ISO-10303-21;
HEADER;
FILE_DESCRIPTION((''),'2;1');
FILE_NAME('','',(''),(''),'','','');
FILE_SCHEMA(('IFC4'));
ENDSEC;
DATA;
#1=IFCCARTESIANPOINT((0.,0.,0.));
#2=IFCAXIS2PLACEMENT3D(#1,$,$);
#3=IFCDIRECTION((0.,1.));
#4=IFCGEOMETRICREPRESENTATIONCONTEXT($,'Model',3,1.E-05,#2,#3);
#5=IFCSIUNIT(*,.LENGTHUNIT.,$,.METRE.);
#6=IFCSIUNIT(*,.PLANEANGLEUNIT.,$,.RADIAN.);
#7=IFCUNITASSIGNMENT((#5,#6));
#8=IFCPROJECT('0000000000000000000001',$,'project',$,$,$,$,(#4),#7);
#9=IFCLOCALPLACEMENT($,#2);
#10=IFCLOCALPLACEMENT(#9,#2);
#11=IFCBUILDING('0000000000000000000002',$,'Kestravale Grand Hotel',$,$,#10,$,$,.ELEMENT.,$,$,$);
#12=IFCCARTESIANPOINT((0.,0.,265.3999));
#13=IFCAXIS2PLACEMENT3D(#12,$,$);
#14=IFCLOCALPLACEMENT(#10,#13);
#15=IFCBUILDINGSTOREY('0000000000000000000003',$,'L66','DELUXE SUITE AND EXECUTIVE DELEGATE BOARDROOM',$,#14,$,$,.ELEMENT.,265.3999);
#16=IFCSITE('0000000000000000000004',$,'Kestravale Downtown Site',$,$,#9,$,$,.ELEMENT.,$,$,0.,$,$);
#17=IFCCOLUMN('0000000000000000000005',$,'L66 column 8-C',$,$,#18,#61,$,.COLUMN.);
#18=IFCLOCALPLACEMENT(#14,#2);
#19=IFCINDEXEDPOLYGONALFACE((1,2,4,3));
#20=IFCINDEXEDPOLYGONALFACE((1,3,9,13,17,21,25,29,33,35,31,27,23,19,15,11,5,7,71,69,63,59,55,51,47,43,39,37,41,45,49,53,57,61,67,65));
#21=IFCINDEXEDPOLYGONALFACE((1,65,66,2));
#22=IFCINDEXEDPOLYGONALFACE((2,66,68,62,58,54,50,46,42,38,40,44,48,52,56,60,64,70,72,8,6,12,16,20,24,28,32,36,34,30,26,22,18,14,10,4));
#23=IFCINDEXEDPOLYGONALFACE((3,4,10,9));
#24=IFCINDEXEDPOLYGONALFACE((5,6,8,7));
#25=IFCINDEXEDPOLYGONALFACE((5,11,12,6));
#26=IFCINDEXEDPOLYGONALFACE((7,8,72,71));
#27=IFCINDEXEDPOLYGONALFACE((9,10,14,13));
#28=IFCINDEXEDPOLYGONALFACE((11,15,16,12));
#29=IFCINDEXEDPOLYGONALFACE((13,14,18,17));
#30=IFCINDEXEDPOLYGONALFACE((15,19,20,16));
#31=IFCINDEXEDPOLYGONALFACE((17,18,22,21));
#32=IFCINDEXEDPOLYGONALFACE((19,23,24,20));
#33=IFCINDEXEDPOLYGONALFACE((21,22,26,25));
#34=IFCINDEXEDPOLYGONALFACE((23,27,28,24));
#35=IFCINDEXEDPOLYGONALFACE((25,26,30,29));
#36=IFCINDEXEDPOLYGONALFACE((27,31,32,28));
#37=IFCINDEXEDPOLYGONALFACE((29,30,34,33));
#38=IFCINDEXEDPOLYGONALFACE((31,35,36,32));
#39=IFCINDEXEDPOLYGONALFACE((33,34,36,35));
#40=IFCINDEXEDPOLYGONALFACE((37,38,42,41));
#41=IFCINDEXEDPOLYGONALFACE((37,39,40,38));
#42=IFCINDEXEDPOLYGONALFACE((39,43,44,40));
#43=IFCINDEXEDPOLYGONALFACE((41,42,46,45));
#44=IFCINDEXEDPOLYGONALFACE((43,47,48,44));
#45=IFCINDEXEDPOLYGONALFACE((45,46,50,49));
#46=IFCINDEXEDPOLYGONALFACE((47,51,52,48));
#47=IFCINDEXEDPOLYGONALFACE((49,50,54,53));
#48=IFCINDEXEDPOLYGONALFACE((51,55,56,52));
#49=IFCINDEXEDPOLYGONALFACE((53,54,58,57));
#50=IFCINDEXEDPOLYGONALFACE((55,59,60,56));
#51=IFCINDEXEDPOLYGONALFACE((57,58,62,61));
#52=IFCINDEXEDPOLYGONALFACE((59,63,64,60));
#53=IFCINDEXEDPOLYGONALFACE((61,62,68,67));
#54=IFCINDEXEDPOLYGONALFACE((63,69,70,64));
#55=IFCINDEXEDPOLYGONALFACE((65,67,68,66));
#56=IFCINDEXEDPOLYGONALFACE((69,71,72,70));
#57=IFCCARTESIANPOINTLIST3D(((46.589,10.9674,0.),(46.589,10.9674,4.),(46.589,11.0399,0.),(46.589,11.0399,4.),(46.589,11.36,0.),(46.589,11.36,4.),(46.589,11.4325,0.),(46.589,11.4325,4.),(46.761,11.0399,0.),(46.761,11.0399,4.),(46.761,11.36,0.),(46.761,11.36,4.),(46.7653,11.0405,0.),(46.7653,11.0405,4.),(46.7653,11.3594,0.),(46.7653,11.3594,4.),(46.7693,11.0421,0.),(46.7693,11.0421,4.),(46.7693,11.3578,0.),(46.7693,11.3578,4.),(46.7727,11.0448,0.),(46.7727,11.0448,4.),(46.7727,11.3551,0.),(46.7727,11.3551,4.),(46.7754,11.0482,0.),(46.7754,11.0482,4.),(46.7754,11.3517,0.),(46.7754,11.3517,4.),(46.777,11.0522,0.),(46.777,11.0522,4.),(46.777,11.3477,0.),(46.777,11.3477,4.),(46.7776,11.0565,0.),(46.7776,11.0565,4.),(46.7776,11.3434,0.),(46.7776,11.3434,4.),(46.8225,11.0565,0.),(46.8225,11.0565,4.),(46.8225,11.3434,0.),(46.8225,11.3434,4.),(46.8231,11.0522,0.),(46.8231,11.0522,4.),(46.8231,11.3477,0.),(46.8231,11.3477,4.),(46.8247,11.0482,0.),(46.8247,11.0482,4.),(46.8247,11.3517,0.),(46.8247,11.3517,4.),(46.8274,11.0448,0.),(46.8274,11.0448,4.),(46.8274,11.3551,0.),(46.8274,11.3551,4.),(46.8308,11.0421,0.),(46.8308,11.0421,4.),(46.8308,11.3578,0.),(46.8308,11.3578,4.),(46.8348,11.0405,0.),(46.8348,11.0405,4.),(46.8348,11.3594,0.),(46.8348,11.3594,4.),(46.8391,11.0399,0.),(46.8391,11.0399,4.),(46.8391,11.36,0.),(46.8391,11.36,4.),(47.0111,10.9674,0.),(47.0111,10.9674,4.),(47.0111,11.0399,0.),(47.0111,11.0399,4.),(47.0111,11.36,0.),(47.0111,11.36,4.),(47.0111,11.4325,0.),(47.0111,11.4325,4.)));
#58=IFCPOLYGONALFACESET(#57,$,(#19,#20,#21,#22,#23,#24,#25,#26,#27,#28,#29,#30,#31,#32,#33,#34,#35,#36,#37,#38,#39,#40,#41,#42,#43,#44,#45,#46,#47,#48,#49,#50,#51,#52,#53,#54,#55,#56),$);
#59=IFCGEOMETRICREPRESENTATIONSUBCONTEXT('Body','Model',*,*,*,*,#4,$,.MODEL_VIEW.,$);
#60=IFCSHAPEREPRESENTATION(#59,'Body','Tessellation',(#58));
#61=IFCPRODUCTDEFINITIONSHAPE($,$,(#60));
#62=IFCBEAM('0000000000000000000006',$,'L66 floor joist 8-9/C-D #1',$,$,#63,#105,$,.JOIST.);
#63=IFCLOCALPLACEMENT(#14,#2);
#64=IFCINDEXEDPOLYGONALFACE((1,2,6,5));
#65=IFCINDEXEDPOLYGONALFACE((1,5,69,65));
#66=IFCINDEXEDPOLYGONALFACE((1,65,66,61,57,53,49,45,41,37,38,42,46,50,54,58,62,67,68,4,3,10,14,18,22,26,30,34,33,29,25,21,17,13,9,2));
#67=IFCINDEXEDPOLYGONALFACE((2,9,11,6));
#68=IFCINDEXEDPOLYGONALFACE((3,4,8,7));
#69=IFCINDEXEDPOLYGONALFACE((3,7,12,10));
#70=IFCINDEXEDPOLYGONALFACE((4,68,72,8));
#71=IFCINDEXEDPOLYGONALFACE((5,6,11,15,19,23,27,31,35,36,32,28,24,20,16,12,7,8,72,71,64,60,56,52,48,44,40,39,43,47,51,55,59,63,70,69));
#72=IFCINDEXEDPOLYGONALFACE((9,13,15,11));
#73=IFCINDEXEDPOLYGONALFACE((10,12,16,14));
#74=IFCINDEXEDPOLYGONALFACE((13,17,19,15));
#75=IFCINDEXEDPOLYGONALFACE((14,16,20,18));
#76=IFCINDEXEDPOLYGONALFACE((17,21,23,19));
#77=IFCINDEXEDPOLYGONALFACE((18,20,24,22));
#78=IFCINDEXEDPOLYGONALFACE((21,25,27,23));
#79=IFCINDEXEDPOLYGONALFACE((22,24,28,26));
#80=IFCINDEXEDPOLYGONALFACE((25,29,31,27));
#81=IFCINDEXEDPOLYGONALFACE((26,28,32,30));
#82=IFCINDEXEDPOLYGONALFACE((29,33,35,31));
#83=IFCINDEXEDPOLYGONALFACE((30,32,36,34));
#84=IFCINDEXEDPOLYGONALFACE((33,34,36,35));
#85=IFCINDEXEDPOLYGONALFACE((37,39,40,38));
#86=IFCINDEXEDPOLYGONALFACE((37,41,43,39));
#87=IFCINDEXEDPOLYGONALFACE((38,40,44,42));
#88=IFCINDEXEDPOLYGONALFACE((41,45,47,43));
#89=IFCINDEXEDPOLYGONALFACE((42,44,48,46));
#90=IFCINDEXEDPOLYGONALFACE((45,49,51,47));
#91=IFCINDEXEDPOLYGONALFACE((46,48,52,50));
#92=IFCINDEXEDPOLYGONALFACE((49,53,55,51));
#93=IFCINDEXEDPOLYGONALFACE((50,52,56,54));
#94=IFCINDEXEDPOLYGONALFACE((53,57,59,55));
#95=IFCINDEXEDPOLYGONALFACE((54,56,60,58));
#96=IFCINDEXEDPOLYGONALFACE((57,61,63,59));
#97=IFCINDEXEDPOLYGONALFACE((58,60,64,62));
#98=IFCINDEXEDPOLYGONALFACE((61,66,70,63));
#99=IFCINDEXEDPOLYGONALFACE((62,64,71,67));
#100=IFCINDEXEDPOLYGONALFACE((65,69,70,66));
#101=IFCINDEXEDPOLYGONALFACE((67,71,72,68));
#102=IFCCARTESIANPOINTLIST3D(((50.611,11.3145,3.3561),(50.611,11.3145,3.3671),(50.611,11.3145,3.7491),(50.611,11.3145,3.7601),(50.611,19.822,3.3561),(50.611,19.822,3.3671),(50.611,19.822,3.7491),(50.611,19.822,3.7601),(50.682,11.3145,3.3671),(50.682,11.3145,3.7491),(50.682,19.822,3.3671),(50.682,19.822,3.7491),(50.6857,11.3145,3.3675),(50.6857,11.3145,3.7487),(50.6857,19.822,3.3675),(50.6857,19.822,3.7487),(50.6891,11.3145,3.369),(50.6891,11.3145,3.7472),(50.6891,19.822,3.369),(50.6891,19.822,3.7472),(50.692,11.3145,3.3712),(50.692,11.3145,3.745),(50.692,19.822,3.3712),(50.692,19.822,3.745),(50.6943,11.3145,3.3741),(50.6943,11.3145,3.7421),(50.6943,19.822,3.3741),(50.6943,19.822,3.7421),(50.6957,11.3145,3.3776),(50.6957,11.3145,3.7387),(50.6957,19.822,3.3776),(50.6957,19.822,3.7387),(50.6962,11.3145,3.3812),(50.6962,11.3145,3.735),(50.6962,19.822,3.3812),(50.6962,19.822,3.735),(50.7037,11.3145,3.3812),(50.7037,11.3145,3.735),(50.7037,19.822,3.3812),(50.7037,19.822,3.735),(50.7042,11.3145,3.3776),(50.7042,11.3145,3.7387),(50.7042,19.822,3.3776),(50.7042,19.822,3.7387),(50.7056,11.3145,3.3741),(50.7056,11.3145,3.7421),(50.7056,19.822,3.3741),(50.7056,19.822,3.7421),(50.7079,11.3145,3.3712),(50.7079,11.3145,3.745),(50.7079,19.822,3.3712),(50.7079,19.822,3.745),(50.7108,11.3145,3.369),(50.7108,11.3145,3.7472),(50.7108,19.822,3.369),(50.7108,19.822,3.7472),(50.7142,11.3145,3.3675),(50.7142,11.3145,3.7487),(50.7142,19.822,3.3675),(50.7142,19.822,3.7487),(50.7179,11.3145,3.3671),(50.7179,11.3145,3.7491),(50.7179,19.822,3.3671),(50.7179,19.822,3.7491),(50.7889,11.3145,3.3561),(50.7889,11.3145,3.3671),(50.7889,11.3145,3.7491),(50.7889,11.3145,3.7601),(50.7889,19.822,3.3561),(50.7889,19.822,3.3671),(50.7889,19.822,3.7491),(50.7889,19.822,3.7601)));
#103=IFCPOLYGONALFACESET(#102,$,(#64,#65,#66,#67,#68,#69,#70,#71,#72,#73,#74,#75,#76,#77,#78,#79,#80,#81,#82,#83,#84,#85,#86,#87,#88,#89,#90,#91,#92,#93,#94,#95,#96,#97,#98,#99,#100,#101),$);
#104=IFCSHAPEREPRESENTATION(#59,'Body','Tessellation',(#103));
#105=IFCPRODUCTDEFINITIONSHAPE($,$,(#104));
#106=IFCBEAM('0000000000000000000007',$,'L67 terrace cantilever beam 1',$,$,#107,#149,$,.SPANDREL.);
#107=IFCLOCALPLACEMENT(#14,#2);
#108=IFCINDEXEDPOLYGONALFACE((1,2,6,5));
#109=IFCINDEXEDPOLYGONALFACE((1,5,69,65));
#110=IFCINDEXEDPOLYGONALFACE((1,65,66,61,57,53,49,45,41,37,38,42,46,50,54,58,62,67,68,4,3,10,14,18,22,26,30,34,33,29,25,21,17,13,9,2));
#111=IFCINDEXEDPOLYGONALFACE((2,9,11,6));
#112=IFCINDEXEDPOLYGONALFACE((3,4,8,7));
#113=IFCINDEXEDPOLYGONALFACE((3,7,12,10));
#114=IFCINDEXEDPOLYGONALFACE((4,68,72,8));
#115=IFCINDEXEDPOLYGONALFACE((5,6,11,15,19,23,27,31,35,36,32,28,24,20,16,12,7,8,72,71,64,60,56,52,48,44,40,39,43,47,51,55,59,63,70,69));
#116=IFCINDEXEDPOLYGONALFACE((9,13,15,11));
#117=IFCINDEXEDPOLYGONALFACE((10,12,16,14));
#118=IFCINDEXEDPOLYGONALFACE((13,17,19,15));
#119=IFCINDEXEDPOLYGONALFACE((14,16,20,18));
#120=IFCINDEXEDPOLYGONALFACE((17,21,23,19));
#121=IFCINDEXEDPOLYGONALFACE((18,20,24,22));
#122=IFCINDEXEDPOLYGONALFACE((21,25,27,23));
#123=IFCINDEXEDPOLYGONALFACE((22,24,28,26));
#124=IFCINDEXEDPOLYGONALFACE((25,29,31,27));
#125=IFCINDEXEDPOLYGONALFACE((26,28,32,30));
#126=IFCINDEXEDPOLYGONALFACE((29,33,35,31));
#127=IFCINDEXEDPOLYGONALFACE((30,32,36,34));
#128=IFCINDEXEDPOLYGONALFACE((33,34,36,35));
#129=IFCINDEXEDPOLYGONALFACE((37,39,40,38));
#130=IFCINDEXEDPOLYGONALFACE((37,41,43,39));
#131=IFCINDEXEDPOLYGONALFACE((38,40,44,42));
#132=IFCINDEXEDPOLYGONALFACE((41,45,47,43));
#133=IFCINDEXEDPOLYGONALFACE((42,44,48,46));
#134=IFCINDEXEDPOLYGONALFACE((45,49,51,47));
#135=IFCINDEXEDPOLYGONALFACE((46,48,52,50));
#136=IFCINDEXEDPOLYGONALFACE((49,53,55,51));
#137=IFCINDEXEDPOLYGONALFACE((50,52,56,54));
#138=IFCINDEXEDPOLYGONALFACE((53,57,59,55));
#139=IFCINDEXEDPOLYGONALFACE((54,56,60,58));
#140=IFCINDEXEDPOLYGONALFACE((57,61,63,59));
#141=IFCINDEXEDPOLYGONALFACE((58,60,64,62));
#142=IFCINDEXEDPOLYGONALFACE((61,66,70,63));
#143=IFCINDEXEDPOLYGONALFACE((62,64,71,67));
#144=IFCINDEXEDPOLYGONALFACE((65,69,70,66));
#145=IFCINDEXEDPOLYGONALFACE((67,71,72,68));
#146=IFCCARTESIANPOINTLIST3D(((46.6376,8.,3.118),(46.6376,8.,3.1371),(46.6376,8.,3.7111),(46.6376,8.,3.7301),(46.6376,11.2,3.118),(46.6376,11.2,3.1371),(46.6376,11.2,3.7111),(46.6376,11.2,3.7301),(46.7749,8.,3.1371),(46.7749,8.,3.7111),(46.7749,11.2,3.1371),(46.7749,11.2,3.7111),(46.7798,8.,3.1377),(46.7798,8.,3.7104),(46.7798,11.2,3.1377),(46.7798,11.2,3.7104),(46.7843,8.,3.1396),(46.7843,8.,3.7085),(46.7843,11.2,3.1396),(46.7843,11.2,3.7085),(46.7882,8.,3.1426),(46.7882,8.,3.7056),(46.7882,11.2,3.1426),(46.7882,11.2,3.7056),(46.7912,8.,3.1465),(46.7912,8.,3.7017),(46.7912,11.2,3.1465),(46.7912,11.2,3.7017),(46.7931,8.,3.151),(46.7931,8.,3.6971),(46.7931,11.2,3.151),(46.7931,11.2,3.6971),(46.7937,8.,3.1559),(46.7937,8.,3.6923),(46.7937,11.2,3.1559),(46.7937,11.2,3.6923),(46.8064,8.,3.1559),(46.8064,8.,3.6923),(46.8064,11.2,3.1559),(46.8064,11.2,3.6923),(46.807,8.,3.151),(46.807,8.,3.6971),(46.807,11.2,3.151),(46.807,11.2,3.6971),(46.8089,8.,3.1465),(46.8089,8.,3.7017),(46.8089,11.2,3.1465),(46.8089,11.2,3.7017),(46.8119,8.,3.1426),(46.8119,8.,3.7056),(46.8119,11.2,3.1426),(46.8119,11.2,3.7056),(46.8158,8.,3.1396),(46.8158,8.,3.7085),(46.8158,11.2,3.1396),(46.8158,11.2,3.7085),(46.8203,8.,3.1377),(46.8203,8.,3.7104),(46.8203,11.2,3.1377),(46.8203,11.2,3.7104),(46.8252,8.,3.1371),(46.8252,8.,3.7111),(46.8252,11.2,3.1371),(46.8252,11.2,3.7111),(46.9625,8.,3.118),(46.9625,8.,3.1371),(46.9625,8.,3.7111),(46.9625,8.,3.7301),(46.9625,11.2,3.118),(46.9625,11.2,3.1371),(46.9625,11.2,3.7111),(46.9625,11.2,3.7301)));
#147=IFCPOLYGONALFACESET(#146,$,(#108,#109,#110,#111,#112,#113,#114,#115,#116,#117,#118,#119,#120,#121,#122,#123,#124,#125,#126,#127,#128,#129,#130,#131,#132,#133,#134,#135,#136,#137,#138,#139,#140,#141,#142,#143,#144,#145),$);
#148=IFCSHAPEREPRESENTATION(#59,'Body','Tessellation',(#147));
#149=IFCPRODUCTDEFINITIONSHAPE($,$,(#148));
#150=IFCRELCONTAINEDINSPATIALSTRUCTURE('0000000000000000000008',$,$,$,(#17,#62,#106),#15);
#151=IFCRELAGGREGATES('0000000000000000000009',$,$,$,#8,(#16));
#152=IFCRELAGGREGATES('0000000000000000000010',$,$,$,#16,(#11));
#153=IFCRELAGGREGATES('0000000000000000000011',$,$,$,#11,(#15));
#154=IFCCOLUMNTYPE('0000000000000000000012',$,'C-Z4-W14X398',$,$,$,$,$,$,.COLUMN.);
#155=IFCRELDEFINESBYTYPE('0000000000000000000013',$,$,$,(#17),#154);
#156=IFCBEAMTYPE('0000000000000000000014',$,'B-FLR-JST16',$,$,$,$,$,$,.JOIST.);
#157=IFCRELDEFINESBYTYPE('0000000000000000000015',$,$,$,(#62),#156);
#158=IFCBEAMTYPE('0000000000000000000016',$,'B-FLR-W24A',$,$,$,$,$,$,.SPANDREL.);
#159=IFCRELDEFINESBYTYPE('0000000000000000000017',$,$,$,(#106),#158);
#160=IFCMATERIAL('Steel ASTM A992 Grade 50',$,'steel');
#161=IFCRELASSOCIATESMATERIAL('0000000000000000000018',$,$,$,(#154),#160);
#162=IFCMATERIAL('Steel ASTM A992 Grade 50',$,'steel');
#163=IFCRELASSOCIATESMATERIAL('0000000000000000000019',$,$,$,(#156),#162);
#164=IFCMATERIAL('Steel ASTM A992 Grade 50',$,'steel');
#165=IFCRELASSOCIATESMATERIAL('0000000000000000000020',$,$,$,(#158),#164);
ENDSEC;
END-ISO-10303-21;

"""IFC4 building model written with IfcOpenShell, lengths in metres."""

from ifc_helpers import new_model, si_unit, direction, frame, origin, origin_2d, place, context, subcontext, project, spatial, i_section, extrude, material, material_profile, profile_set, type_object, element, save


model = new_model("IFC4")

# Units and contexts
model_context = context("Model", 3, precision=1e-05, world=origin(), true_north=direction((0.0, 1.0)))
body_context = subcontext(model_context, "Body", "Model", "MODEL_VIEW")
ifc_project = project(units=[si_unit("LENGTHUNIT", "METRE"), si_unit("PLANEANGLEUNIT", "RADIAN")], contexts=[model_context])

# Site, building, storey
site_placement = place(None, origin())
site = spatial("IfcSite", under=ifc_project, at=site_placement, Name="Kestravale Downtown Site", CompositionType="ELEMENT", RefElevation=0.0)
building_placement = place(site_placement, origin())
building = spatial("IfcBuilding", under=site, at=building_placement, Name="Kestravale Grand Hotel", CompositionType="ELEMENT")
storey_placement = place(building_placement, frame((0.0, 0.0, 265.3999)))
storey = spatial("IfcBuildingStorey", under=building, at=storey_placement, Name="L66", Description="DELUXE SUITE AND EXECUTIVE DELEGATE BOARDROOM", CompositionType="ELEMENT", Elevation=265.3999)

# Column
ifc_material_1 = material(Name="Steel ASTM A992 Grade 50", Category="steel")
ifc_material_profile_1 = material_profile(ifc_material_1, i_section(OverallWidth=0.4221, OverallDepth=0.4651, WebThickness=0.0449, FlangeThickness=0.0725, FilletRadius=0.0166, at=origin_2d()))
ifc_profile_set_1 = profile_set([ifc_material_profile_1], Name="Steel ASTM A992 Grade 50")
column_type = type_object("IfcColumnType", Name="C-Z4-W14X398", PredefinedType="COLUMN", material=ifc_profile_set_1)
column_placement = place(storey_placement, frame((46.8, 11.2, 0.0), z_axis=(0.0, 0.0, 1.0), x_axis=(1.0, 0.0, 0.0)))
element("IfcColumn", 1, at=column_placement, inside=storey, type_object=column_type, Name="L66 column 8-C", PredefinedType="COLUMN", context=body_context, shape_type="SweptSolid", body=[
    extrude(i_section(OverallWidth=0.4221, OverallDepth=0.4651, WebThickness=0.0449, FlangeThickness=0.0725, FilletRadius=0.0166, at=origin_2d()), origin(), (0.0, 0.0, 1.0), 4.0),
])

# Beams
ifc_material_2 = material(Name="Steel ASTM A992 Grade 50", Category="steel")
ifc_material_profile_2 = material_profile(ifc_material_2, i_section(OverallWidth=0.178, OverallDepth=0.4041, WebThickness=0.0076, FlangeThickness=0.011, FilletRadius=0.0142, at=origin_2d()))
ifc_profile_set_2 = profile_set([ifc_material_profile_2], Name="Steel ASTM A992 Grade 50")
beam_type_1 = type_object("IfcBeamType", Name="B-FLR-JST16", PredefinedType="JOIST", material=ifc_profile_set_2)
beam_1_placement = place(storey_placement, frame((50.7, 11.3145, 3.5581), z_axis=(0.0, 1.0, 0.0), x_axis=(-1.0, 0.0, 0.0)))
element("IfcBeam", 2, at=beam_1_placement, inside=storey, type_object=beam_type_1, Name="L66 floor joist 8-9/C-D #1", PredefinedType="JOIST", context=body_context, shape_type="SweptSolid", body=[
    extrude(i_section(OverallWidth=0.178, OverallDepth=0.4041, WebThickness=0.0076, FlangeThickness=0.011, FilletRadius=0.0142, at=origin_2d()), origin(), (0.0, 0.0, 1.0), 8.5076),
])
ifc_material_3 = material(Name="Steel ASTM A992 Grade 50", Category="steel")
ifc_material_profile_3 = material_profile(ifc_material_3, i_section(OverallWidth=0.325, OverallDepth=0.6121, WebThickness=0.0127, FlangeThickness=0.019, FilletRadius=0.0188, at=origin_2d()))
ifc_profile_set_3 = profile_set([ifc_material_profile_3], Name="Steel ASTM A992 Grade 50")
beam_type_2 = type_object("IfcBeamType", Name="B-FLR-W24A", PredefinedType="SPANDREL", material=ifc_profile_set_3)
beam_2_placement = place(storey_placement, frame((46.8, 11.2, 3.4241), z_axis=(0.0, -1.0, 0.0), x_axis=(1.0, 0.0, 0.0)))
element("IfcBeam", 3, at=beam_2_placement, inside=storey, type_object=beam_type_2, Name="L67 terrace cantilever beam 1", PredefinedType="SPANDREL", context=body_context, shape_type="SweptSolid", body=[
    extrude(i_section(OverallWidth=0.325, OverallDepth=0.6121, WebThickness=0.0127, FlangeThickness=0.019, FilletRadius=0.0188, at=origin_2d()), origin(), (0.0, 0.0, 1.0), 3.2),
])

save(model, "model.ifc")
